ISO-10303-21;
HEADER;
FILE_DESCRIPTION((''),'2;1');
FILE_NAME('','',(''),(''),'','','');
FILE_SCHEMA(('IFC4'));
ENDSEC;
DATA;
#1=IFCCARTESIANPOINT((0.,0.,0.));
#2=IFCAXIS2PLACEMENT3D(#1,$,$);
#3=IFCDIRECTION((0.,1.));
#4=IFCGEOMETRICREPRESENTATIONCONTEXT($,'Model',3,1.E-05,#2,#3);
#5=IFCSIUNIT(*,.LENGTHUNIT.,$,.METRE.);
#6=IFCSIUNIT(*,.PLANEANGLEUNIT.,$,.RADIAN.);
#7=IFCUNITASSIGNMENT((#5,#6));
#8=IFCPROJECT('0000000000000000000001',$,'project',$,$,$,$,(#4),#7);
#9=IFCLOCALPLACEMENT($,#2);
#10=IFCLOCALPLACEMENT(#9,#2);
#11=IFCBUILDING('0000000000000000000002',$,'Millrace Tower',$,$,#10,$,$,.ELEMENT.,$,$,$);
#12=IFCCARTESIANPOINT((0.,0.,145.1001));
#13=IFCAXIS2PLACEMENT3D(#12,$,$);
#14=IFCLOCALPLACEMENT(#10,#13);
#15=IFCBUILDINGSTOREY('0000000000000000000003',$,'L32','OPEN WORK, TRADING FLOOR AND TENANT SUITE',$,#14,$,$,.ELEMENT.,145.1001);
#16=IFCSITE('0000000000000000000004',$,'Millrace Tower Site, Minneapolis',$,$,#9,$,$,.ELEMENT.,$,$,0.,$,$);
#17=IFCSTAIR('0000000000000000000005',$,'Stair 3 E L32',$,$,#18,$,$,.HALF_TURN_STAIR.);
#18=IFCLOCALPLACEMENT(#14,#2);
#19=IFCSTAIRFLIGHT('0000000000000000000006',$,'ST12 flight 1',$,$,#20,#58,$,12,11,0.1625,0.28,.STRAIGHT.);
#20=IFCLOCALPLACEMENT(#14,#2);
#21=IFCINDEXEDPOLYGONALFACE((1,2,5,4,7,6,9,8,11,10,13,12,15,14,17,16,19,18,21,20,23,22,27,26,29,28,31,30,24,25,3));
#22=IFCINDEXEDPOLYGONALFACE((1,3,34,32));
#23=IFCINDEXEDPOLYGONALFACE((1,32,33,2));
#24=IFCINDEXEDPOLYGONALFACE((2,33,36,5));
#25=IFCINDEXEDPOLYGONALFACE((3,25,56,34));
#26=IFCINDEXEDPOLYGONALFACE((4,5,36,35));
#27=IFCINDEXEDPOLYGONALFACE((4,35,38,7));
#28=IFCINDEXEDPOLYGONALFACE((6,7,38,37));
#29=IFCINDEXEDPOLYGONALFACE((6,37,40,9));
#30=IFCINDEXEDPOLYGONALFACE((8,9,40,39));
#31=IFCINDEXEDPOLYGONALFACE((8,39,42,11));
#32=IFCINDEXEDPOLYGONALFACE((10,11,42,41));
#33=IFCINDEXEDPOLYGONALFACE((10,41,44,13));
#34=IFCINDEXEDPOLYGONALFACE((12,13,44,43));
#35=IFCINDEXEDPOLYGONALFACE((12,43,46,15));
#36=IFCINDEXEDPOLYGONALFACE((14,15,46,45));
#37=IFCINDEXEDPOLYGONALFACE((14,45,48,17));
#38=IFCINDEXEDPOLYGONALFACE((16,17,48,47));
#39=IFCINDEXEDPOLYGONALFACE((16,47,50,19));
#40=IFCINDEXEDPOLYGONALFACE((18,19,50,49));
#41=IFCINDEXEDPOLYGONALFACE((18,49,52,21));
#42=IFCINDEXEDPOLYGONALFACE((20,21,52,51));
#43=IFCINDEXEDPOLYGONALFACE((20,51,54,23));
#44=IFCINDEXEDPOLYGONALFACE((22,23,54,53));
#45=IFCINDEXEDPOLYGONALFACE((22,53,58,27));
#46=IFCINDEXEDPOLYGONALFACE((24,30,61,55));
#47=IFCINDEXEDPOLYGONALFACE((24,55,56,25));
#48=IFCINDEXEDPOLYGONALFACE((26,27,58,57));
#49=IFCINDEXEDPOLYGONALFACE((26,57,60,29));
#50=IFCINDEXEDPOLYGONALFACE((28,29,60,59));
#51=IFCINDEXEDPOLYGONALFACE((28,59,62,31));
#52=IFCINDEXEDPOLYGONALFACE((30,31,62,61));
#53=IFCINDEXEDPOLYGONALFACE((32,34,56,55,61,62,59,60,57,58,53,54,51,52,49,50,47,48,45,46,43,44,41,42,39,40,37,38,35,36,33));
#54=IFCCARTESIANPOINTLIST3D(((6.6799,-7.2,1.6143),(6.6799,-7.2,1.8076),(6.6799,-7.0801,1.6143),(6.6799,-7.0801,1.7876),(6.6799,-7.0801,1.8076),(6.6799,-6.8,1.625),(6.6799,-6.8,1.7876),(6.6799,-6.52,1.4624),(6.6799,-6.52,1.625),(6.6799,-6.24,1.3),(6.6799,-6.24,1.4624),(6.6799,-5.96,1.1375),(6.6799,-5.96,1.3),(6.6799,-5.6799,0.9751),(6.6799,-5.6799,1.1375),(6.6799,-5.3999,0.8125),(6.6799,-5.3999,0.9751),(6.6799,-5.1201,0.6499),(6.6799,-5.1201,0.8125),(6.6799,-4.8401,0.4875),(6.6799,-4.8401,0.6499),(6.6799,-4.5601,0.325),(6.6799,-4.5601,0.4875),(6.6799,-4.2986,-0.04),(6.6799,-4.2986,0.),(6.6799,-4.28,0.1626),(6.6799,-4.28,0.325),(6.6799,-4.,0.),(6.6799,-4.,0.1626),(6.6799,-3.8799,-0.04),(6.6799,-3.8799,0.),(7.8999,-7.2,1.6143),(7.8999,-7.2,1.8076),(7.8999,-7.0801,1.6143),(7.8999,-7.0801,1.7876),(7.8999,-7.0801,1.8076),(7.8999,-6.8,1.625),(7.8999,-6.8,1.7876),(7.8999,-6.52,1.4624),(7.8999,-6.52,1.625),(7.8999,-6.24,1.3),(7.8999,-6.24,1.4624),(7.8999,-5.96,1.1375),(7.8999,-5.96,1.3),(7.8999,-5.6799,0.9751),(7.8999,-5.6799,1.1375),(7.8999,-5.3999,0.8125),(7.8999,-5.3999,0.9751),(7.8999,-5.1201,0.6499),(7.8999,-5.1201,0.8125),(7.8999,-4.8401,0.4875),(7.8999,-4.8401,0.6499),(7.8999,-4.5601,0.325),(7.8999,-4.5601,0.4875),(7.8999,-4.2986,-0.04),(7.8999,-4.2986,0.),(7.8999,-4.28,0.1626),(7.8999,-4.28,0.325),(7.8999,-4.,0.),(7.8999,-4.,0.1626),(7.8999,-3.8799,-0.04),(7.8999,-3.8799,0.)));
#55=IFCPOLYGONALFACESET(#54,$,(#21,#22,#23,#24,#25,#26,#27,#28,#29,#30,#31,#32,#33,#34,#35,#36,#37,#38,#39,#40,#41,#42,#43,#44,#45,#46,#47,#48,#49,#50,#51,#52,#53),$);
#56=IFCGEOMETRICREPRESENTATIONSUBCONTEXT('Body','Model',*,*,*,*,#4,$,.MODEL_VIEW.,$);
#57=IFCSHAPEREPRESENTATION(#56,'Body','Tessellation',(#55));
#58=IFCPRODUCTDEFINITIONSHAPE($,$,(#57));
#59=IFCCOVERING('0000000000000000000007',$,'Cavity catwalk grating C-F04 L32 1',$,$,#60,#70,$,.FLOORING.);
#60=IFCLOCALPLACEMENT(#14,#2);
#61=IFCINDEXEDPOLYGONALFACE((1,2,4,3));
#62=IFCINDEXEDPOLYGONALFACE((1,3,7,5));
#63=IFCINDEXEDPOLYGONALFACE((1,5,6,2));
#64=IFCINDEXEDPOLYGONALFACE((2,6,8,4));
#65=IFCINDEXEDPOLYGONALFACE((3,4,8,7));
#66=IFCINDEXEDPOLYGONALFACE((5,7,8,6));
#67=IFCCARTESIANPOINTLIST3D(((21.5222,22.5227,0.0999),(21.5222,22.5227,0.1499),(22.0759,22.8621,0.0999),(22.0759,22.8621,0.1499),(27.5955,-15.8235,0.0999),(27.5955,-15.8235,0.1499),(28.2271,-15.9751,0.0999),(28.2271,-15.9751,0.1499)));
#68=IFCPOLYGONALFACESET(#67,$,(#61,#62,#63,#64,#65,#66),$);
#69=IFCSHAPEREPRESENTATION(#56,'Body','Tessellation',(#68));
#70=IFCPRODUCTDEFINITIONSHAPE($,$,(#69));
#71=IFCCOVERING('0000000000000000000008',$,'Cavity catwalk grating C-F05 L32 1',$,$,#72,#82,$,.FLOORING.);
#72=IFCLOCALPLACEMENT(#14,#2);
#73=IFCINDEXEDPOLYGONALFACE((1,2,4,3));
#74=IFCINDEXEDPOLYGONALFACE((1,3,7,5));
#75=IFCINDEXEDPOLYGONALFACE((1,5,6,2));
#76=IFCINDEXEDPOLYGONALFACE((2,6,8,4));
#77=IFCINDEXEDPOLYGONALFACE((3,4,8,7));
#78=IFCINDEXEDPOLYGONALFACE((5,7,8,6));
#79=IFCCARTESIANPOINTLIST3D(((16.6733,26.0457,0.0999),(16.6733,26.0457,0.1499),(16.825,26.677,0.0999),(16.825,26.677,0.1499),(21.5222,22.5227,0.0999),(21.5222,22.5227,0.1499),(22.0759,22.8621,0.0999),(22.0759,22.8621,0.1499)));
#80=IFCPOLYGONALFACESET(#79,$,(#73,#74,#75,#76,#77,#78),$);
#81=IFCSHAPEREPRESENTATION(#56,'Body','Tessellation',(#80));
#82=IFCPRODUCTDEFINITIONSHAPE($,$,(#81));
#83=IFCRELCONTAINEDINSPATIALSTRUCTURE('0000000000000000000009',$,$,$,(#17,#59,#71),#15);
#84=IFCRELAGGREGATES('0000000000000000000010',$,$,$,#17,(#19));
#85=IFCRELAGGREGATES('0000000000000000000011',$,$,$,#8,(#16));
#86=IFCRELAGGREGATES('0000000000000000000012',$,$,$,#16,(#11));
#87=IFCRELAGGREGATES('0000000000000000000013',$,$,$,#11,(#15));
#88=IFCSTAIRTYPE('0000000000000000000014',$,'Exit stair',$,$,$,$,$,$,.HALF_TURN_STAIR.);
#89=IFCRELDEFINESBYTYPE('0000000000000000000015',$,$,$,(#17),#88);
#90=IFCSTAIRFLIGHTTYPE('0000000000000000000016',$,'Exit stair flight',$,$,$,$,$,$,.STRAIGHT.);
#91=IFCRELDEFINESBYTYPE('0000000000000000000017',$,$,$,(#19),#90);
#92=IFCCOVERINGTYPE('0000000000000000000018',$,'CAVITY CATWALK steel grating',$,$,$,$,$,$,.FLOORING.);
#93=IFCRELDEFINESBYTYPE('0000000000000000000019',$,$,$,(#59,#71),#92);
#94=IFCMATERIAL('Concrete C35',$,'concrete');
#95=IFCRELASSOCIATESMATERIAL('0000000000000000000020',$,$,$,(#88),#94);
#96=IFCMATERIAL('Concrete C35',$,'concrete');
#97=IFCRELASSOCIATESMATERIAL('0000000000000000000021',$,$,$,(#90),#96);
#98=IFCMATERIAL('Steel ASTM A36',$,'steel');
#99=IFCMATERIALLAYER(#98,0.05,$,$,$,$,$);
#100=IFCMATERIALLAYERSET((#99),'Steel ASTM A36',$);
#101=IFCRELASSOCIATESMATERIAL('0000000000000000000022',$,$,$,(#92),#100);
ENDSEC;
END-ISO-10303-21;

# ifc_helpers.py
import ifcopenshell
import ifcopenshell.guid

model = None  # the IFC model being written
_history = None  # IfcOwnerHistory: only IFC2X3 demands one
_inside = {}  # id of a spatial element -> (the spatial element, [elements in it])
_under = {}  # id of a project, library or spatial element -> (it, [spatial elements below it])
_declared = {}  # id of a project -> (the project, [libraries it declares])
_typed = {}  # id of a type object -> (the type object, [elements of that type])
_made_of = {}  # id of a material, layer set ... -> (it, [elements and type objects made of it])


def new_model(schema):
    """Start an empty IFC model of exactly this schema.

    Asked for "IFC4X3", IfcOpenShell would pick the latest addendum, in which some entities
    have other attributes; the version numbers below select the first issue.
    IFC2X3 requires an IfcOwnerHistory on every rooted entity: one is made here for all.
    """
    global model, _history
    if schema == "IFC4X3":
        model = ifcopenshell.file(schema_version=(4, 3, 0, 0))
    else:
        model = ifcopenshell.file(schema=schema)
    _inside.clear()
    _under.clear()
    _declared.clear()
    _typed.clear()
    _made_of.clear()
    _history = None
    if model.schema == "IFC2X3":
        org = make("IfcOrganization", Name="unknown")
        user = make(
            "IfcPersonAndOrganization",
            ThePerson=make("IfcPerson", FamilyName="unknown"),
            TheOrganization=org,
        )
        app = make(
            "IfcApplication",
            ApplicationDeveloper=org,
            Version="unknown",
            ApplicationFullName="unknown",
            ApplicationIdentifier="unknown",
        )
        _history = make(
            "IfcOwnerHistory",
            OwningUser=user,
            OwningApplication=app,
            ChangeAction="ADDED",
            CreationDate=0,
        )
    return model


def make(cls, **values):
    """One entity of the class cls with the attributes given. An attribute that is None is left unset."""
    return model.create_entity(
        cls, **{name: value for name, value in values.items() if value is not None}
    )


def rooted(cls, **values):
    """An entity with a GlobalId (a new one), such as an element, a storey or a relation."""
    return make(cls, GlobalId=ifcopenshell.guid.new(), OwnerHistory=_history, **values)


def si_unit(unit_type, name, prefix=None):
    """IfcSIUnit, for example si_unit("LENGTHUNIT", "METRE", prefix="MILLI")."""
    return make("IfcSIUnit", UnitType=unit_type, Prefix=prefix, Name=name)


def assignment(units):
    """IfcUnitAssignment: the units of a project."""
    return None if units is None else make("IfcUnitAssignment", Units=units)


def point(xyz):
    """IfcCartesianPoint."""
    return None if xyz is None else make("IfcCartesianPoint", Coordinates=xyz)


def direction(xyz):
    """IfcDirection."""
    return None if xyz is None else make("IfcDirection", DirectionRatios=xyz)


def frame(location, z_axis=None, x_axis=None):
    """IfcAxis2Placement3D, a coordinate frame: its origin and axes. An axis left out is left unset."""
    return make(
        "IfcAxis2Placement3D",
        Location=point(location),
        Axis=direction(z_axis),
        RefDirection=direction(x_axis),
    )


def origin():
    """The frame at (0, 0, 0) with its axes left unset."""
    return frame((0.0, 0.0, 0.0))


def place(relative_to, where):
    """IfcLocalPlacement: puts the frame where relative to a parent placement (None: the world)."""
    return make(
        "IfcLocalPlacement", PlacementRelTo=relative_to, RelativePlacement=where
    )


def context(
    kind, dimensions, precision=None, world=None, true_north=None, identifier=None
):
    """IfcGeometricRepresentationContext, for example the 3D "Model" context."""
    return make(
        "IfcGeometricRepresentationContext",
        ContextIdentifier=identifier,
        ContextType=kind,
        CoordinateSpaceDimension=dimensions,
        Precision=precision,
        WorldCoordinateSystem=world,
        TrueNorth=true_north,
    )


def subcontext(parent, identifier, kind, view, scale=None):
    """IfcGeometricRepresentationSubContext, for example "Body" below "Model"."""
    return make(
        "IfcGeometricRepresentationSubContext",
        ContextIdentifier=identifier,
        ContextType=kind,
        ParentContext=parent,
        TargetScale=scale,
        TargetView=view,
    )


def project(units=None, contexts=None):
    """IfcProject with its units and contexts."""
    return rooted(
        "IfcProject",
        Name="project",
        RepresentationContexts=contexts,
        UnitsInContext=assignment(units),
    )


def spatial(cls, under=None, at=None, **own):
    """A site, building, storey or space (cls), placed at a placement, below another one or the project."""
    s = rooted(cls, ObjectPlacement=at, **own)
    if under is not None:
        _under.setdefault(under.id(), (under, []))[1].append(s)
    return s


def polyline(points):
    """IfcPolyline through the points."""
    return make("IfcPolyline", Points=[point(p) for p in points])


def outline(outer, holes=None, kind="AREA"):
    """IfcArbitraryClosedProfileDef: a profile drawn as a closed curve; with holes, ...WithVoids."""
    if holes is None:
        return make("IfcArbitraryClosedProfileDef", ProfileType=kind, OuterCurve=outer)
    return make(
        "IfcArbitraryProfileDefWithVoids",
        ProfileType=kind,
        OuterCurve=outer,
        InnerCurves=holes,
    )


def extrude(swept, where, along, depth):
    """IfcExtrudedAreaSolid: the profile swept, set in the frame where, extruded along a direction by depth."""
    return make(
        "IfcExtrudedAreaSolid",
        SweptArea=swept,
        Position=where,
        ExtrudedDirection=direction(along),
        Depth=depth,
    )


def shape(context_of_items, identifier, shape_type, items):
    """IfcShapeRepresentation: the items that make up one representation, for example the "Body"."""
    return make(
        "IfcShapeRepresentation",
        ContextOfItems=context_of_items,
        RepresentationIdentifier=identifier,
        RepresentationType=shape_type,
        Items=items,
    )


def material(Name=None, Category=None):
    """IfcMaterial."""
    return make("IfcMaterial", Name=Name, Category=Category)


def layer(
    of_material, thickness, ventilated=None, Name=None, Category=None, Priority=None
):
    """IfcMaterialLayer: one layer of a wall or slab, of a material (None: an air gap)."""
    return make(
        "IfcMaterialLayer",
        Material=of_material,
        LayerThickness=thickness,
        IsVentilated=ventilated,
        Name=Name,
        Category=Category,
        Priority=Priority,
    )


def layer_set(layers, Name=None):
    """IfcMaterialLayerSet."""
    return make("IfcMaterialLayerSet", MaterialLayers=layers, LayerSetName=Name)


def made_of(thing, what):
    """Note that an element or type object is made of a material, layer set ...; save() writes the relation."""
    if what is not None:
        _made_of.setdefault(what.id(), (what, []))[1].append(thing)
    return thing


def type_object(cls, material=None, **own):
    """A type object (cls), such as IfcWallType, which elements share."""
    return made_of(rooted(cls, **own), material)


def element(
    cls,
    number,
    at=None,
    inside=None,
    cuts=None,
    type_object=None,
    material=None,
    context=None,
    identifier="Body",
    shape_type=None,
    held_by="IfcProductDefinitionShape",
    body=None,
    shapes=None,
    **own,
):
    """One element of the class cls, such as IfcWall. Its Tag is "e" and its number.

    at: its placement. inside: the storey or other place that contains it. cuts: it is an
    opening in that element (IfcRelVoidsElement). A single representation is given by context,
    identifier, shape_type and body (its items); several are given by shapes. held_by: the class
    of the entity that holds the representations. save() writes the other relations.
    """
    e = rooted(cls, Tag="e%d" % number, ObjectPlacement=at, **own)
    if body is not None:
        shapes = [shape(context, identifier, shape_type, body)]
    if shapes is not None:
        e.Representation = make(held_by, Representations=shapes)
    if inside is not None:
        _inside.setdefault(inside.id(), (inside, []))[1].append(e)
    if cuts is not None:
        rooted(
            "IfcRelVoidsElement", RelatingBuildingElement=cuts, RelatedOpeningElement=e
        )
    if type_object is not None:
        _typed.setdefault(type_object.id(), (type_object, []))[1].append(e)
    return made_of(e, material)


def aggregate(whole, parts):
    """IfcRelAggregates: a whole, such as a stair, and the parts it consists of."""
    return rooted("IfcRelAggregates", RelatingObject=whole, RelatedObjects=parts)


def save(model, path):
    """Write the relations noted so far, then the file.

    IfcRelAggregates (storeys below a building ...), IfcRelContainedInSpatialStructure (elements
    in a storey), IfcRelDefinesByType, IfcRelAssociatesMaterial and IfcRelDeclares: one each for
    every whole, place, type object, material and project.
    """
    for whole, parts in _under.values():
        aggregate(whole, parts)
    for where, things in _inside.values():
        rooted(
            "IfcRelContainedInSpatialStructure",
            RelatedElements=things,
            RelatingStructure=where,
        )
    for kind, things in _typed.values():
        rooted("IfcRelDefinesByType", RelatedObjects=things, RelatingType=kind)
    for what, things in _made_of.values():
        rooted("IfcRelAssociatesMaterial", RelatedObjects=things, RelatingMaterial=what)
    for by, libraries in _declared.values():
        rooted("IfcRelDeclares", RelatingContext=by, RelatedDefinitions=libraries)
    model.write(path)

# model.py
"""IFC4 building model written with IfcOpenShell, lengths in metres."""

from ifc_helpers import new_model, si_unit, direction, frame, origin, place, context, subcontext, project, spatial, polyline, outline, extrude, material, layer, layer_set, type_object, element, aggregate, save


model = new_model("IFC4")

# Units and contexts
model_context = context("Model", 3, precision=1e-05, world=origin(), true_north=direction((0.0, 1.0)))
body_context = subcontext(model_context, "Body", "Model", "MODEL_VIEW")
ifc_project = project(units=[si_unit("LENGTHUNIT", "METRE"), si_unit("PLANEANGLEUNIT", "RADIAN")], contexts=[model_context])

# Site, building, storey
site_placement = place(None, origin())
site = spatial("IfcSite", under=ifc_project, at=site_placement, Name="Millrace Tower Site, Minneapolis", CompositionType="ELEMENT", RefElevation=0.0)
building_placement = place(site_placement, origin())
building = spatial("IfcBuilding", under=site, at=building_placement, Name="Millrace Tower", CompositionType="ELEMENT")
storey_placement = place(building_placement, frame((0.0, 0.0, 145.1001)))
storey = spatial("IfcBuildingStorey", under=building, at=storey_placement, Name="L32", Description="OPEN WORK, TRADING FLOOR AND TENANT SUITE", CompositionType="ELEMENT", Elevation=145.1001)

# Shared definitions
placement_1 = place(storey_placement, origin())

# Stair, stair flight
ifc_material_1 = material(Name="Concrete C35", Category="concrete")
stair_type = type_object("IfcStairType", Name="Exit stair", PredefinedType="HALF_TURN_STAIR", material=ifc_material_1)
ifc_material_2 = material(Name="Concrete C35", Category="concrete")
stair_flight_type = type_object("IfcStairFlightType", Name="Exit stair flight", PredefinedType="STRAIGHT", material=ifc_material_2)
stair_1 = element("IfcStair", 1, at=placement_1, inside=storey, type_object=stair_type, Name="Stair 3 E L32", PredefinedType="HALF_TURN_STAIR")
stair_flight_1_placement = place(storey_placement, frame((7.29, -4.0, 0.0), z_axis=(0.0, 0.0, 1.0), x_axis=(0.0, -1.0, 0.0)))
stair_flight_1 = element("IfcStairFlight", 2, at=stair_flight_1_placement, type_object=stair_flight_type, Name="ST12 flight 1", NumberOfRisers=12, NumberOfTreads=11, PredefinedType="STRAIGHT", RiserHeight=0.1625, TreadLength=0.28, context=body_context, shape_type="SweptSolid", body=[
    extrude(outline(polyline([(-0.1201, -0.04), (-0.1201, 0.0), (0.0, 0.0), (0.0, 0.1626), (0.28, 0.1626), (0.28, 0.325), (0.5601, 0.325), (0.5601, 0.4875), (0.8401, 0.4875), (0.8401, 0.6499), (1.1201, 0.6499), (1.1201, 0.8125), (1.3999, 0.8125), (1.3999, 0.9751), (1.6799, 0.9751), (1.6799, 1.1375), (1.96, 1.1375), (1.96, 1.3), (2.24, 1.3), (2.24, 1.4624), (2.52, 1.4624), (2.52, 1.625), (2.8, 1.625), (2.8, 1.7876), (3.0801, 1.7876), (3.0801, 1.8076), (3.2, 1.8076), (3.2, 1.6143), (3.0801, 1.6143), (0.2986, 0.0), (0.2986, -0.04), (-0.1201, -0.04)])), frame((0.0, 0.6099, 0.0), z_axis=(0.0, -1.0, 0.0), x_axis=(1.0, 0.0, 0.0)), (0.0, 0.0, 1.0), 1.22),
])
aggregate(stair_1, [stair_flight_1])

# Coverings
ifc_material_3 = material(Name="Steel ASTM A36", Category="steel")
ifc_layer_1 = layer(ifc_material_3, 0.05)
ifc_layer_set_1 = layer_set([ifc_layer_1], Name="Steel ASTM A36")
covering_type = type_object("IfcCoveringType", Name="CAVITY CATWALK steel grating", PredefinedType="FLOORING", material=ifc_layer_set_1)
placement_2 = place(storey_placement, frame((0.0, 0.0, 0.0999)))
element("IfcCovering", 3, at=placement_2, inside=storey, type_object=covering_type, Name="Cavity catwalk grating C-F04 L32 1", PredefinedType="FLOORING", context=body_context, shape_type="SweptSolid", body=[
    extrude(outline(polyline([(28.2271, -15.9751), (22.0759, 22.8621), (21.5222, 22.5227), (27.5955, -15.8235), (28.2271, -15.9751)])), origin(), (0.0, 0.0, 1.0), 0.05),
])
element("IfcCovering", 4, at=placement_2, inside=storey, type_object=covering_type, Name="Cavity catwalk grating C-F05 L32 1", PredefinedType="FLOORING", context=body_context, shape_type="SweptSolid", body=[
    extrude(outline(polyline([(22.0759, 22.8621), (16.825, 26.677), (16.6733, 26.0457), (21.5222, 22.5227), (22.0759, 22.8621)])), origin(), (0.0, 0.0, 1.0), 0.05),
])

save(model, "model.ifc")
